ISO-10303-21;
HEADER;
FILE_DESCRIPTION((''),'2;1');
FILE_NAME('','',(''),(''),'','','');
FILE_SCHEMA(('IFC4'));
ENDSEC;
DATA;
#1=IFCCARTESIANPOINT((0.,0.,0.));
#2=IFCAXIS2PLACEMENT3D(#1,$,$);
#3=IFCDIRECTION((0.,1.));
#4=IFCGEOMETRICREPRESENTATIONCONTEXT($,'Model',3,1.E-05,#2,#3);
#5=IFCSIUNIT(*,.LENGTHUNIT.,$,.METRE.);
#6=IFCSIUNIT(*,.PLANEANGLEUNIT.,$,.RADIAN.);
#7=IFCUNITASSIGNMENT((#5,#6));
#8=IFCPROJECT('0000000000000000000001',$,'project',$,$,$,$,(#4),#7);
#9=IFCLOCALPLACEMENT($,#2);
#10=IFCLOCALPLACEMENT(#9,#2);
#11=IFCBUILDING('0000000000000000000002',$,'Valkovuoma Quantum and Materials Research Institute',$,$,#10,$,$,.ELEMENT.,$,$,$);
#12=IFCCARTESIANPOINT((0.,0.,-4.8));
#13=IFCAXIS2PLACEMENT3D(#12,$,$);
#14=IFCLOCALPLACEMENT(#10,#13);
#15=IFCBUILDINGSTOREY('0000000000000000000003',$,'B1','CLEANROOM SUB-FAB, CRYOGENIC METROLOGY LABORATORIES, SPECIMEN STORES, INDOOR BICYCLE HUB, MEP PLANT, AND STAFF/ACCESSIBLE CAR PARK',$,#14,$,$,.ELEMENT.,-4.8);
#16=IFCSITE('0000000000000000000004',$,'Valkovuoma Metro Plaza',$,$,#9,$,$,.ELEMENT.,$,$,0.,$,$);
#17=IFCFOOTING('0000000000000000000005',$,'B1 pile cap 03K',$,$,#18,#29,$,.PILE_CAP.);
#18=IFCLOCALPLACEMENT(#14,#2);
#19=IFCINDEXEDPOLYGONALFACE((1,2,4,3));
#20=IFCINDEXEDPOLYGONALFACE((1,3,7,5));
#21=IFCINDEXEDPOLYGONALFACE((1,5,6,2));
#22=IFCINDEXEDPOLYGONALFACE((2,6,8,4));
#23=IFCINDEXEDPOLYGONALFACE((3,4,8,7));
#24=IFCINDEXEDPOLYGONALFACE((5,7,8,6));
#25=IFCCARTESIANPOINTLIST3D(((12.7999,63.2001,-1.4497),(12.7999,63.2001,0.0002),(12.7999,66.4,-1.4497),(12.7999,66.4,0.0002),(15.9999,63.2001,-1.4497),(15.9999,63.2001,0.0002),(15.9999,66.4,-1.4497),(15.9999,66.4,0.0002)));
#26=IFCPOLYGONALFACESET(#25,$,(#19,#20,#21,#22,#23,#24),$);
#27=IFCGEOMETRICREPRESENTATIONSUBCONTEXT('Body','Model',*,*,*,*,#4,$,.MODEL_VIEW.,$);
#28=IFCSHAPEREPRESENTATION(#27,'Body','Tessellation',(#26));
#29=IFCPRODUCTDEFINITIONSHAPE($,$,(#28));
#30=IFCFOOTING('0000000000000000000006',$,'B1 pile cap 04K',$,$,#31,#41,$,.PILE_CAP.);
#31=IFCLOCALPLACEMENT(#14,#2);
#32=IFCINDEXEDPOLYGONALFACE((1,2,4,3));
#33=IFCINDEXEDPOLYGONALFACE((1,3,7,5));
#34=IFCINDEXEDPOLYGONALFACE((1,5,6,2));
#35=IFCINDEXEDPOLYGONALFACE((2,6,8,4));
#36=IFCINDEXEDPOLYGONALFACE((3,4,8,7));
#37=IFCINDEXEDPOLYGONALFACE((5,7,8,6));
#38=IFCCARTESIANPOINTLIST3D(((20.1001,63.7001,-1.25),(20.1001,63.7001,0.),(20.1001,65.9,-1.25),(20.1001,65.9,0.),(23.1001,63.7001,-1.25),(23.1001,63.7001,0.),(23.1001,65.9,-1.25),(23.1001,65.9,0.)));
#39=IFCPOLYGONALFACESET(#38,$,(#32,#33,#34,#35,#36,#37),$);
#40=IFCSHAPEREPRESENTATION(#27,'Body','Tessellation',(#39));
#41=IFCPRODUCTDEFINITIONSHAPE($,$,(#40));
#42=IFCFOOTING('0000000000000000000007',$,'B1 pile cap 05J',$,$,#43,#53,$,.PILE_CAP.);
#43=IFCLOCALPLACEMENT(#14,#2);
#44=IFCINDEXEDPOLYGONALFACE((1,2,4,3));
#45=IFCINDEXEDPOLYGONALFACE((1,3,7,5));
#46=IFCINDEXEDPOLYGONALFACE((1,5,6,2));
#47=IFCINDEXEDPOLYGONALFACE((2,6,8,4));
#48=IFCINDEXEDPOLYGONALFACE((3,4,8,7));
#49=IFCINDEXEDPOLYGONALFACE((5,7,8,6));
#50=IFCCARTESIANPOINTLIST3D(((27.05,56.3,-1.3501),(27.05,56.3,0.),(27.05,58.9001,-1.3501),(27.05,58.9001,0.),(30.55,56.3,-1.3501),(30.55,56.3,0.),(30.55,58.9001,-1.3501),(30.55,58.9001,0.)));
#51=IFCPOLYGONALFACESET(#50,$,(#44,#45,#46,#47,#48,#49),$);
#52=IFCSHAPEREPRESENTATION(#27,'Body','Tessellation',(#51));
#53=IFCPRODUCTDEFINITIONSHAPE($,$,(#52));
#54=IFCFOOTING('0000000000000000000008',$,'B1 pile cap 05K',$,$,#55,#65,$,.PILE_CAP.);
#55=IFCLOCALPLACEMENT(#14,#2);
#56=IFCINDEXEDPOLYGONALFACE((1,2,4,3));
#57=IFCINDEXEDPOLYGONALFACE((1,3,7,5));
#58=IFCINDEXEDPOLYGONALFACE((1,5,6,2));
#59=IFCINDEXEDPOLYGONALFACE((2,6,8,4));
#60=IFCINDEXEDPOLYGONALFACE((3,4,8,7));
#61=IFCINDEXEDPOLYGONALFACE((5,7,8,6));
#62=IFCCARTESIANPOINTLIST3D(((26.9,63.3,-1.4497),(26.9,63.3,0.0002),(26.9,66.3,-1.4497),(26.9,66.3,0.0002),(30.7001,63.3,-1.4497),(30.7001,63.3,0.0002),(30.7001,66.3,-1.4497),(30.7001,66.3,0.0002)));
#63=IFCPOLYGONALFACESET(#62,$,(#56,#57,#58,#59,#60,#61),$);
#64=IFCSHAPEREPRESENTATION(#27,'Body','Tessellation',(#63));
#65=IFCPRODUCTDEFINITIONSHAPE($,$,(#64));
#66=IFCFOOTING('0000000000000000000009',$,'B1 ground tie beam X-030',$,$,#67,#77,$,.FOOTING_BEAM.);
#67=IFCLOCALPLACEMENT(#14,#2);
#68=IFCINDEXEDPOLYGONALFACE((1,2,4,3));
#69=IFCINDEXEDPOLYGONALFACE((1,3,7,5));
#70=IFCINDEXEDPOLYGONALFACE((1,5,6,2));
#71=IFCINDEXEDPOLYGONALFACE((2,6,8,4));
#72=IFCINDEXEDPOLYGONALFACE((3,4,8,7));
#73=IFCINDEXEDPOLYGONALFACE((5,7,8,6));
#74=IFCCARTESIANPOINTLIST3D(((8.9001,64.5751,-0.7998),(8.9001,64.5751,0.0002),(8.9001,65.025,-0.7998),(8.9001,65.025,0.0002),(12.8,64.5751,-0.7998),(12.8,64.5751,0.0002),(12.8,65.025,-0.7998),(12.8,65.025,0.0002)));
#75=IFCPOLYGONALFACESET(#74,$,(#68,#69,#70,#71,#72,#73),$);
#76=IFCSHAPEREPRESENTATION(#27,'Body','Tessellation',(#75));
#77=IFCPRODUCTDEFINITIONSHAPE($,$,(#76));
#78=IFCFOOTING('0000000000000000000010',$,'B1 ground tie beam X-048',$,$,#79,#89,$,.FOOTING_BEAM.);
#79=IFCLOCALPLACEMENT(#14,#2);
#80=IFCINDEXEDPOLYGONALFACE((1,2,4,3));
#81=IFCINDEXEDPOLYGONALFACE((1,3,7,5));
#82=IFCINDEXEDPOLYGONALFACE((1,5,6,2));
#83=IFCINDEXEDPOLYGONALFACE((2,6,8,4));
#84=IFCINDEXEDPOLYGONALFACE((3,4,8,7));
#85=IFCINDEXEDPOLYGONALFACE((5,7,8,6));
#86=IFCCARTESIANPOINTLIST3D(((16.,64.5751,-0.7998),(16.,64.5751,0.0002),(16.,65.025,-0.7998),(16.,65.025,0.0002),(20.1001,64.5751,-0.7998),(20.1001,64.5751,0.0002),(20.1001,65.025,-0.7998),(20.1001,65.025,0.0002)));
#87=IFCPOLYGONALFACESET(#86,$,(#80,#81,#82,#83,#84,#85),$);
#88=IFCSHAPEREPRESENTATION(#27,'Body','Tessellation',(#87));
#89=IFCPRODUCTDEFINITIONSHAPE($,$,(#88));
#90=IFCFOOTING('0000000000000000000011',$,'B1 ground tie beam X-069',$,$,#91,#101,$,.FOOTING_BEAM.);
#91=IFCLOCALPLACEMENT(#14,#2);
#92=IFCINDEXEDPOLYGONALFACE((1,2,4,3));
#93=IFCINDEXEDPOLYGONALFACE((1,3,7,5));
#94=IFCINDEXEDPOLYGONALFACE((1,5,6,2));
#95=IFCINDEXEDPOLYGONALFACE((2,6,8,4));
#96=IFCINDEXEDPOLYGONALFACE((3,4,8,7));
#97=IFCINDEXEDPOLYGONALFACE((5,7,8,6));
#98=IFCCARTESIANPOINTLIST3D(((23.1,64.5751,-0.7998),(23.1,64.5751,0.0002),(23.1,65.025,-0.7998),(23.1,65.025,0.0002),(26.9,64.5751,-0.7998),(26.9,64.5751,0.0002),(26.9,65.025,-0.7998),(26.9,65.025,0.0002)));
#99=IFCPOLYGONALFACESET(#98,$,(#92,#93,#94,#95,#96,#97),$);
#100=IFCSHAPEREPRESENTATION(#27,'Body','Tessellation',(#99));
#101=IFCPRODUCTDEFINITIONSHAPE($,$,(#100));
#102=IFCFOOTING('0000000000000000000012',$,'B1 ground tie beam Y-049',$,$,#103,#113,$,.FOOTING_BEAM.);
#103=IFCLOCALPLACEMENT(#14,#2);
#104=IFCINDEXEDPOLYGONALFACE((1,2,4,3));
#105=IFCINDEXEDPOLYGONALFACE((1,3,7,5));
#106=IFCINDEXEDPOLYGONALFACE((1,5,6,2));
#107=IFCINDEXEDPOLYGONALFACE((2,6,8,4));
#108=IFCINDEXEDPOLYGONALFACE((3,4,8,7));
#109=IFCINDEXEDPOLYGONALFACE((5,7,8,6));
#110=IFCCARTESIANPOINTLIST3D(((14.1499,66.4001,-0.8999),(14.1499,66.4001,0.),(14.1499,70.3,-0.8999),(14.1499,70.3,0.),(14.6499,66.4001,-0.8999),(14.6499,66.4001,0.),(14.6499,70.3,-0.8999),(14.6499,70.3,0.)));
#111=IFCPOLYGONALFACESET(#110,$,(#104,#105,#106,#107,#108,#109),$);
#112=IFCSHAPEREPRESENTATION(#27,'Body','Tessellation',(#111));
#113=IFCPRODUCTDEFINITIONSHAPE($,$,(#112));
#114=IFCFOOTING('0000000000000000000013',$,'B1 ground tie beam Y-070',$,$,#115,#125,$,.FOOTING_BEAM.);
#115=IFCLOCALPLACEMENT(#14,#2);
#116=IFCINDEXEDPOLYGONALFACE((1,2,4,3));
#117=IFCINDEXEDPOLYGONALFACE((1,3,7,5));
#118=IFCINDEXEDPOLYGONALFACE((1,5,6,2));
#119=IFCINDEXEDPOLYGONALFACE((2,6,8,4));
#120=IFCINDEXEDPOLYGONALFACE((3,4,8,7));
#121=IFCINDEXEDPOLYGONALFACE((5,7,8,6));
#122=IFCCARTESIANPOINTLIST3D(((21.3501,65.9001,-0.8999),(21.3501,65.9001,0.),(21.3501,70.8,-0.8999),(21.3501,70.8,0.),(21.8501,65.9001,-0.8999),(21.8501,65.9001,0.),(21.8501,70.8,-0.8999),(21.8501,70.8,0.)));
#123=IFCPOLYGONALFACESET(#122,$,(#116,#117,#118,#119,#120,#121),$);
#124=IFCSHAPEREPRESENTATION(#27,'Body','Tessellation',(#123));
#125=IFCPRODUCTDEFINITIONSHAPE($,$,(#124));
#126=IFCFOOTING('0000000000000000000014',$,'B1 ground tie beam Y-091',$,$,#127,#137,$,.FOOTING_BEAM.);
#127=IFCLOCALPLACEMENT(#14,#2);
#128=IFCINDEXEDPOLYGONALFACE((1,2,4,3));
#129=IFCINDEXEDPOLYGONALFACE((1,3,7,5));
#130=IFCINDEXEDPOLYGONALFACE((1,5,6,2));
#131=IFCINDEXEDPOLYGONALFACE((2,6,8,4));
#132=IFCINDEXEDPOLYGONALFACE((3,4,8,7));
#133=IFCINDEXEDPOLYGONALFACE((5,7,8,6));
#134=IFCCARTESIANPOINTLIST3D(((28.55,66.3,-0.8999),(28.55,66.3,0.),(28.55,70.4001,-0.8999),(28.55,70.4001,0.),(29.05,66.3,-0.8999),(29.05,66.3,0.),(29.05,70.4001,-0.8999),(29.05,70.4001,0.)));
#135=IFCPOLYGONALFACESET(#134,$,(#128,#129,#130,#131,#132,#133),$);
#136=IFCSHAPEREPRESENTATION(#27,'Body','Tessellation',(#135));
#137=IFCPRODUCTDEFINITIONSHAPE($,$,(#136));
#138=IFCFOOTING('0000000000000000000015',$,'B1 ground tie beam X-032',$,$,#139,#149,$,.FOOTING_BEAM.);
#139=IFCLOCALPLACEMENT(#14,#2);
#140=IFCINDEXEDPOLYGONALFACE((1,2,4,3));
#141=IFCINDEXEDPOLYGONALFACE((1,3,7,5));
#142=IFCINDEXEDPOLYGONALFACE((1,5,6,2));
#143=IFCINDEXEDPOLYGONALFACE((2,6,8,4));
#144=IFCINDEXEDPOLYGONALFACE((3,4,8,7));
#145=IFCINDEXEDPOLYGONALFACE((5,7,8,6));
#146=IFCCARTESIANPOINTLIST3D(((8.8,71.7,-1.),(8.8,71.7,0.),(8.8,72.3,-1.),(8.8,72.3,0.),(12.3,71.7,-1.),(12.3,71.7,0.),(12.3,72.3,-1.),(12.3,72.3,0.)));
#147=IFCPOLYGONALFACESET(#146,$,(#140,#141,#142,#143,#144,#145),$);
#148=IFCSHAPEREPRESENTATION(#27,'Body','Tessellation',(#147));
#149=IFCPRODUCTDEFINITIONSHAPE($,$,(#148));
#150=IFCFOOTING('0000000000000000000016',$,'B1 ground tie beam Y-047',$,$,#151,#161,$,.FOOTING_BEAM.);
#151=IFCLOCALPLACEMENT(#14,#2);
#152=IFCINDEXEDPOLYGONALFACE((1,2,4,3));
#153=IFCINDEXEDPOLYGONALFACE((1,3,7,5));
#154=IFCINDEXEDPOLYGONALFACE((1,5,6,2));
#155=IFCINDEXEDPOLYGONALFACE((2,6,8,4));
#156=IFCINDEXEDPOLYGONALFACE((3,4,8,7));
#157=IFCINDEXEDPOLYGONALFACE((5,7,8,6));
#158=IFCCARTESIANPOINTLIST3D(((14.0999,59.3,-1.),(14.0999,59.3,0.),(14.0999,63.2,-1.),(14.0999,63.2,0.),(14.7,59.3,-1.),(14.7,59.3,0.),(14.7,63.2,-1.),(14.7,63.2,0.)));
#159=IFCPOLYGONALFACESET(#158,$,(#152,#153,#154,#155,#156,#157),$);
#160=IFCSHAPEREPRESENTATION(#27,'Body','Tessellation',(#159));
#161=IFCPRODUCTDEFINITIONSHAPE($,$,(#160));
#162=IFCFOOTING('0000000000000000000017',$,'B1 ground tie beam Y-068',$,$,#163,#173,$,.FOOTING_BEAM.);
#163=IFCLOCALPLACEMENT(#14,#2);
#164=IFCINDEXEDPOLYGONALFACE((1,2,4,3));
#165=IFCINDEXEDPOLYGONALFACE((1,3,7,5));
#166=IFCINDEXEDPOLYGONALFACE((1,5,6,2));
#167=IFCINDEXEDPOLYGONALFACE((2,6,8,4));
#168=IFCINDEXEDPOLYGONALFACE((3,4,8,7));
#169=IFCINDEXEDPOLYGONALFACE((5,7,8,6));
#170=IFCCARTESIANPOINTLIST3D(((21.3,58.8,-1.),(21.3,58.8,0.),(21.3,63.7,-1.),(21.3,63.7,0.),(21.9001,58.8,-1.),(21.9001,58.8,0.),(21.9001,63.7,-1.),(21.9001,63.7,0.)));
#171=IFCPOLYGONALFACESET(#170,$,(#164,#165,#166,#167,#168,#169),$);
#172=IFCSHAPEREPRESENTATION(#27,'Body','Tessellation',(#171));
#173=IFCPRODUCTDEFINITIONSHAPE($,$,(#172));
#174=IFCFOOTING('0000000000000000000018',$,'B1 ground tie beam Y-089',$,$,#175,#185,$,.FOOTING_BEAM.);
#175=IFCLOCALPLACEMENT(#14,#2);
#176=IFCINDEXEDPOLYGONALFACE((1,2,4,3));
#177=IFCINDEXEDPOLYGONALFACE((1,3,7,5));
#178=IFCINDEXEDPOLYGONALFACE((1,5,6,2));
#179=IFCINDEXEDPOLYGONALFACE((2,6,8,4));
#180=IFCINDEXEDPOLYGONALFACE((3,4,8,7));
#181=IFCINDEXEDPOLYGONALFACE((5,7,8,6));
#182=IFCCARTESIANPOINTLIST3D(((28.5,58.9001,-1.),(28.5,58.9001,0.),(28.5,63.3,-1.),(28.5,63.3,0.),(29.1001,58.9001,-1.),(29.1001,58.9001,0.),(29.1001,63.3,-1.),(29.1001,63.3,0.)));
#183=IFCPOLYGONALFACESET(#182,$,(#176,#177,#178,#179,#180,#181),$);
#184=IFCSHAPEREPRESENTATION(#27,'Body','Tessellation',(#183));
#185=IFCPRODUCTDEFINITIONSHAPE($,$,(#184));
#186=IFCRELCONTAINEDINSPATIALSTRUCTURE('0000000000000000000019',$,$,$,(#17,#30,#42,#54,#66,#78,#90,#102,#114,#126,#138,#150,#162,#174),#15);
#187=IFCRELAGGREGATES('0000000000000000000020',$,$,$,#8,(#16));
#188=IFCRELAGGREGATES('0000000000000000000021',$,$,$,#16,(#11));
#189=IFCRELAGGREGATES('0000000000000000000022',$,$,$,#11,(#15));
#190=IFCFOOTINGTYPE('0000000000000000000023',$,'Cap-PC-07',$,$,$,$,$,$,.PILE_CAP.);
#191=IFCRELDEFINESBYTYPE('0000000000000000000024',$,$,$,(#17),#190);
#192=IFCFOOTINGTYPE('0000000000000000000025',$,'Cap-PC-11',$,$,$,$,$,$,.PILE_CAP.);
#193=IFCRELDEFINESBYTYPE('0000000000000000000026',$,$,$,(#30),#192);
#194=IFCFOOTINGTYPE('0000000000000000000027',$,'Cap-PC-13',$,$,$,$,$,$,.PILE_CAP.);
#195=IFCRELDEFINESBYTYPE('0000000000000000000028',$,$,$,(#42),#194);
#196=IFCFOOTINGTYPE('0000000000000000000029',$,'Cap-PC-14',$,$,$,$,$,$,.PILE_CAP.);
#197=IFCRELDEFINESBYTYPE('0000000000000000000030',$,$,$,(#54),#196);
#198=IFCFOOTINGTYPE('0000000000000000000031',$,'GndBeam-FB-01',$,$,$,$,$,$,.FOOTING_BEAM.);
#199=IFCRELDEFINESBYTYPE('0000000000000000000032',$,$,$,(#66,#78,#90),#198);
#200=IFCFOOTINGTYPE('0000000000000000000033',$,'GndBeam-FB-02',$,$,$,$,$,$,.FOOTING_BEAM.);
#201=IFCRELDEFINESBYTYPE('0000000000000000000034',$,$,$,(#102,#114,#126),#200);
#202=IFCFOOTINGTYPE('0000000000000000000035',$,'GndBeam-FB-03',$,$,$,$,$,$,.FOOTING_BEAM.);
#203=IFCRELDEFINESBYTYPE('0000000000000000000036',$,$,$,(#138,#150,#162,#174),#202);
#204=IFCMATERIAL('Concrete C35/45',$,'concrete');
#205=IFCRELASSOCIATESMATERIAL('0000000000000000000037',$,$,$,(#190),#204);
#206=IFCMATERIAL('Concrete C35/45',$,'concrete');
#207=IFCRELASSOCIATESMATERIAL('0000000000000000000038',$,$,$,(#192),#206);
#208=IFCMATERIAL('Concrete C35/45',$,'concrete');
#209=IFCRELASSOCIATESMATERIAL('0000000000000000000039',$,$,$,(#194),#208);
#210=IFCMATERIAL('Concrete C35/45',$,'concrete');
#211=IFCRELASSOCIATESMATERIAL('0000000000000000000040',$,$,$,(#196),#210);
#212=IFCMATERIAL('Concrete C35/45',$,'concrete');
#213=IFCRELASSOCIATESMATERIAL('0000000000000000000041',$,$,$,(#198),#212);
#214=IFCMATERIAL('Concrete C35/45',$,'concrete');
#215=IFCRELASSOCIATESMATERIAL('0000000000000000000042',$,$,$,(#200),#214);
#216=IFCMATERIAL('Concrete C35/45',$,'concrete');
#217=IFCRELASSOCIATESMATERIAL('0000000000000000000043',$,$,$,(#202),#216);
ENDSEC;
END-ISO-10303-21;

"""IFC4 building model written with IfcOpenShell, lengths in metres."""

from ifc_helpers import new_model, si_unit, direction, frame, origin, origin_2d, place, context, subcontext, project, spatial, rectangle, extrude, material, type_object, element, save


model = new_model("IFC4")

# Units and contexts
model_context = context("Model", 3, precision=1e-05, world=origin(), true_north=direction((0.0, 1.0)))
body_context = subcontext(model_context, "Body", "Model", "MODEL_VIEW")
ifc_project = project(units=[si_unit("LENGTHUNIT", "METRE"), si_unit("PLANEANGLEUNIT", "RADIAN")], contexts=[model_context])

# Site, building, storey
site_placement = place(None, origin())
site = spatial("IfcSite", under=ifc_project, at=site_placement, Name="Valkovuoma Metro Plaza", CompositionType="ELEMENT", RefElevation=0.0)
building_placement = place(site_placement, origin())
building = spatial("IfcBuilding", under=site, at=building_placement, Name="Valkovuoma Quantum and Materials Research Institute", CompositionType="ELEMENT")
storey_placement = place(building_placement, frame((0.0, 0.0, -4.8)))
storey = spatial("IfcBuildingStorey", under=building, at=storey_placement, Name="B1", Description="CLEANROOM SUB-FAB, CRYOGENIC METROLOGY LABORATORIES, SPECIMEN STORES, INDOOR BICYCLE HUB, MEP PLANT, AND STAFF/ACCESSIBLE CAR PARK", CompositionType="ELEMENT", Elevation=-4.8)

# Footings
ifc_material_1 = material(Name="Concrete C35/45", Category="concrete")
footing_type_1 = type_object("IfcFootingType", Name="Cap-PC-07", PredefinedType="PILE_CAP", material=ifc_material_1)
footing_1_placement = place(storey_placement, frame((14.3999, 64.8, -1.4497), z_axis=(0.0, 0.0, 1.0), x_axis=(1.0, 0.0, 0.0)))
element("IfcFooting", 1, at=footing_1_placement, inside=storey, type_object=footing_type_1, Name="B1 pile cap 03K", PredefinedType="PILE_CAP", context=body_context, shape_type="SweptSolid", body=[
    extrude(rectangle(XDim=3.2, YDim=3.2, at=origin_2d()), origin(), (0.0, 0.0, 1.0), 1.45),
])
ifc_material_2 = material(Name="Concrete C35/45", Category="concrete")
footing_type_2 = type_object("IfcFootingType", Name="Cap-PC-11", PredefinedType="PILE_CAP", material=ifc_material_2)
footing_2_placement = place(storey_placement, frame((21.6001, 64.8, -1.25), z_axis=(0.0, 0.0, 1.0), x_axis=(1.0, 0.0, 0.0)))
element("IfcFooting", 2, at=footing_2_placement, inside=storey, type_object=footing_type_2, Name="B1 pile cap 04K", PredefinedType="PILE_CAP", context=body_context, shape_type="SweptSolid", body=[
    extrude(rectangle(XDim=3.0, YDim=2.2, at=origin_2d()), origin(), (0.0, 0.0, 1.0), 1.25),
])
ifc_material_3 = material(Name="Concrete C35/45", Category="concrete")
footing_type_3 = type_object("IfcFootingType", Name="Cap-PC-13", PredefinedType="PILE_CAP", material=ifc_material_3)
footing_3_placement = place(storey_placement, frame((28.8, 57.6001, -1.3501), z_axis=(0.0, 0.0, 1.0), x_axis=(1.0, 0.0, 0.0)))
element("IfcFooting", 3, at=footing_3_placement, inside=storey, type_object=footing_type_3, Name="B1 pile cap 05J", PredefinedType="PILE_CAP", context=body_context, shape_type="SweptSolid", body=[
    extrude(rectangle(XDim=3.5, YDim=2.6001, at=origin_2d()), origin(), (0.0, 0.0, 1.0), 1.3501),
])
ifc_material_4 = material(Name="Concrete C35/45", Category="concrete")
footing_type_4 = type_object("IfcFootingType", Name="Cap-PC-14", PredefinedType="PILE_CAP", material=ifc_material_4)
footing_4_placement = place(storey_placement, frame((28.8, 64.8, -1.4497), z_axis=(0.0, 0.0, 1.0), x_axis=(1.0, 0.0, 0.0)))
element("IfcFooting", 4, at=footing_4_placement, inside=storey, type_object=footing_type_4, Name="B1 pile cap 05K", PredefinedType="PILE_CAP", context=body_context, shape_type="SweptSolid", body=[
    extrude(rectangle(XDim=3.8, YDim=3.0, at=origin_2d()), origin(), (0.0, 0.0, 1.0), 1.45),
])
ifc_material_5 = material(Name="Concrete C35/45", Category="concrete")
footing_type_5 = type_object("IfcFootingType", Name="GndBeam-FB-01", PredefinedType="FOOTING_BEAM", material=ifc_material_5)
footing_5_placement = place(storey_placement, frame((10.8501, 64.8, -0.7998), z_axis=(0.0, 0.0, 1.0), x_axis=(1.0, 0.0, 0.0)))
element("IfcFooting", 5, at=footing_5_placement, inside=storey, type_object=footing_type_5, Name="B1 ground tie beam X-030", PredefinedType="FOOTING_BEAM", context=body_context, shape_type="SweptSolid", body=[
    extrude(rectangle(XDim=3.8999, YDim=0.45, at=origin_2d()), origin(), (0.0, 0.0, 1.0), 0.8),
])
footing_6_placement = place(storey_placement, frame((18.05, 64.8, -0.7998), z_axis=(0.0, 0.0, 1.0), x_axis=(1.0, 0.0, 0.0)))
element("IfcFooting", 6, at=footing_6_placement, inside=storey, type_object=footing_type_5, Name="B1 ground tie beam X-048", PredefinedType="FOOTING_BEAM", context=body_context, shape_type="SweptSolid", body=[
    extrude(rectangle(XDim=4.1001, YDim=0.45, at=origin_2d()), origin(), (0.0, 0.0, 1.0), 0.8),
])
footing_7_placement = place(storey_placement, frame((25.0, 64.8, -0.7998), z_axis=(0.0, 0.0, 1.0), x_axis=(1.0, 0.0, 0.0)))
element("IfcFooting", 7, at=footing_7_placement, inside=storey, type_object=footing_type_5, Name="B1 ground tie beam X-069", PredefinedType="FOOTING_BEAM", context=body_context, shape_type="SweptSolid", body=[
    extrude(rectangle(XDim=3.8, YDim=0.45, at=origin_2d()), origin(), (0.0, 0.0, 1.0), 0.8),
])
ifc_material_6 = material(Name="Concrete C35/45", Category="concrete")
footing_type_6 = type_object("IfcFootingType", Name="GndBeam-FB-02", PredefinedType="FOOTING_BEAM", material=ifc_material_6)
footing_8_placement = place(storey_placement, frame((14.3999, 68.3501, -0.8999), z_axis=(0.0, 0.0, 1.0), x_axis=(0.0, 1.0, 0.0)))
element("IfcFooting", 8, at=footing_8_placement, inside=storey, type_object=footing_type_6, Name="B1 ground tie beam Y-049", PredefinedType="FOOTING_BEAM", context=body_context, shape_type="SweptSolid", body=[
    extrude(rectangle(XDim=3.8999, YDim=0.5, at=origin_2d()), origin(), (0.0, 0.0, 1.0), 0.8999),
])
footing_9_placement = place(storey_placement, frame((21.6001, 68.3501, -0.8999), z_axis=(0.0, 0.0, 1.0), x_axis=(0.0, 1.0, 0.0)))
element("IfcFooting", 9, at=footing_9_placement, inside=storey, type_object=footing_type_6, Name="B1 ground tie beam Y-070", PredefinedType="FOOTING_BEAM", context=body_context, shape_type="SweptSolid", body=[
    extrude(rectangle(XDim=4.8999, YDim=0.5, at=origin_2d()), origin(), (0.0, 0.0, 1.0), 0.8999),
])
footing_10_placement = place(storey_placement, frame((28.8, 68.3501, -0.8999), z_axis=(0.0, 0.0, 1.0), x_axis=(0.0, 1.0, 0.0)))
element("IfcFooting", 10, at=footing_10_placement, inside=storey, type_object=footing_type_6, Name="B1 ground tie beam Y-091", PredefinedType="FOOTING_BEAM", context=body_context, shape_type="SweptSolid", body=[
    extrude(rectangle(XDim=4.1001, YDim=0.5, at=origin_2d()), origin(), (0.0, 0.0, 1.0), 0.8999),
])
ifc_material_7 = material(Name="Concrete C35/45", Category="concrete")
footing_type_7 = type_object("IfcFootingType", Name="GndBeam-FB-03", PredefinedType="FOOTING_BEAM", material=ifc_material_7)
footing_11_placement = place(storey_placement, frame((10.55, 72.0, -1.0), z_axis=(0.0, 0.0, 1.0), x_axis=(1.0, 0.0, 0.0)))
element("IfcFooting", 11, at=footing_11_placement, inside=storey, type_object=footing_type_7, Name="B1 ground tie beam X-032", PredefinedType="FOOTING_BEAM", context=body_context, shape_type="SweptSolid", body=[
    extrude(rectangle(XDim=3.5, YDim=0.6001, at=origin_2d()), origin(), (0.0, 0.0, 1.0), 1.0),
])
footing_12_placement = place(storey_placement, frame((14.3999, 61.25, -1.0), z_axis=(0.0, 0.0, 1.0), x_axis=(0.0, 1.0, 0.0)))
element("IfcFooting", 12, at=footing_12_placement, inside=storey, type_object=footing_type_7, Name="B1 ground tie beam Y-047", PredefinedType="FOOTING_BEAM", context=body_context, shape_type="SweptSolid", body=[
    extrude(rectangle(XDim=3.8999, YDim=0.6001, at=origin_2d()), origin(), (0.0, 0.0, 1.0), 1.0),
])
footing_13_placement = place(storey_placement, frame((21.6001, 61.25, -1.0), z_axis=(0.0, 0.0, 1.0), x_axis=(0.0, 1.0, 0.0)))
element("IfcFooting", 13, at=footing_13_placement, inside=storey, type_object=footing_type_7, Name="B1 ground tie beam Y-068", PredefinedType="FOOTING_BEAM", context=body_context, shape_type="SweptSolid", body=[
    extrude(rectangle(XDim=4.8999, YDim=0.6001, at=origin_2d()), origin(), (0.0, 0.0, 1.0), 1.0),
])
footing_14_placement = place(storey_placement, frame((28.8, 61.1001, -1.0), z_axis=(0.0, 0.0, 1.0), x_axis=(0.0, 1.0, 0.0)))
element("IfcFooting", 14, at=footing_14_placement, inside=storey, type_object=footing_type_7, Name="B1 ground tie beam Y-089", PredefinedType="FOOTING_BEAM", context=body_context, shape_type="SweptSolid", body=[
    extrude(rectangle(XDim=4.3999, YDim=0.6001, at=origin_2d()), origin(), (0.0, 0.0, 1.0), 1.0),
])

save(model, "model.ifc")
